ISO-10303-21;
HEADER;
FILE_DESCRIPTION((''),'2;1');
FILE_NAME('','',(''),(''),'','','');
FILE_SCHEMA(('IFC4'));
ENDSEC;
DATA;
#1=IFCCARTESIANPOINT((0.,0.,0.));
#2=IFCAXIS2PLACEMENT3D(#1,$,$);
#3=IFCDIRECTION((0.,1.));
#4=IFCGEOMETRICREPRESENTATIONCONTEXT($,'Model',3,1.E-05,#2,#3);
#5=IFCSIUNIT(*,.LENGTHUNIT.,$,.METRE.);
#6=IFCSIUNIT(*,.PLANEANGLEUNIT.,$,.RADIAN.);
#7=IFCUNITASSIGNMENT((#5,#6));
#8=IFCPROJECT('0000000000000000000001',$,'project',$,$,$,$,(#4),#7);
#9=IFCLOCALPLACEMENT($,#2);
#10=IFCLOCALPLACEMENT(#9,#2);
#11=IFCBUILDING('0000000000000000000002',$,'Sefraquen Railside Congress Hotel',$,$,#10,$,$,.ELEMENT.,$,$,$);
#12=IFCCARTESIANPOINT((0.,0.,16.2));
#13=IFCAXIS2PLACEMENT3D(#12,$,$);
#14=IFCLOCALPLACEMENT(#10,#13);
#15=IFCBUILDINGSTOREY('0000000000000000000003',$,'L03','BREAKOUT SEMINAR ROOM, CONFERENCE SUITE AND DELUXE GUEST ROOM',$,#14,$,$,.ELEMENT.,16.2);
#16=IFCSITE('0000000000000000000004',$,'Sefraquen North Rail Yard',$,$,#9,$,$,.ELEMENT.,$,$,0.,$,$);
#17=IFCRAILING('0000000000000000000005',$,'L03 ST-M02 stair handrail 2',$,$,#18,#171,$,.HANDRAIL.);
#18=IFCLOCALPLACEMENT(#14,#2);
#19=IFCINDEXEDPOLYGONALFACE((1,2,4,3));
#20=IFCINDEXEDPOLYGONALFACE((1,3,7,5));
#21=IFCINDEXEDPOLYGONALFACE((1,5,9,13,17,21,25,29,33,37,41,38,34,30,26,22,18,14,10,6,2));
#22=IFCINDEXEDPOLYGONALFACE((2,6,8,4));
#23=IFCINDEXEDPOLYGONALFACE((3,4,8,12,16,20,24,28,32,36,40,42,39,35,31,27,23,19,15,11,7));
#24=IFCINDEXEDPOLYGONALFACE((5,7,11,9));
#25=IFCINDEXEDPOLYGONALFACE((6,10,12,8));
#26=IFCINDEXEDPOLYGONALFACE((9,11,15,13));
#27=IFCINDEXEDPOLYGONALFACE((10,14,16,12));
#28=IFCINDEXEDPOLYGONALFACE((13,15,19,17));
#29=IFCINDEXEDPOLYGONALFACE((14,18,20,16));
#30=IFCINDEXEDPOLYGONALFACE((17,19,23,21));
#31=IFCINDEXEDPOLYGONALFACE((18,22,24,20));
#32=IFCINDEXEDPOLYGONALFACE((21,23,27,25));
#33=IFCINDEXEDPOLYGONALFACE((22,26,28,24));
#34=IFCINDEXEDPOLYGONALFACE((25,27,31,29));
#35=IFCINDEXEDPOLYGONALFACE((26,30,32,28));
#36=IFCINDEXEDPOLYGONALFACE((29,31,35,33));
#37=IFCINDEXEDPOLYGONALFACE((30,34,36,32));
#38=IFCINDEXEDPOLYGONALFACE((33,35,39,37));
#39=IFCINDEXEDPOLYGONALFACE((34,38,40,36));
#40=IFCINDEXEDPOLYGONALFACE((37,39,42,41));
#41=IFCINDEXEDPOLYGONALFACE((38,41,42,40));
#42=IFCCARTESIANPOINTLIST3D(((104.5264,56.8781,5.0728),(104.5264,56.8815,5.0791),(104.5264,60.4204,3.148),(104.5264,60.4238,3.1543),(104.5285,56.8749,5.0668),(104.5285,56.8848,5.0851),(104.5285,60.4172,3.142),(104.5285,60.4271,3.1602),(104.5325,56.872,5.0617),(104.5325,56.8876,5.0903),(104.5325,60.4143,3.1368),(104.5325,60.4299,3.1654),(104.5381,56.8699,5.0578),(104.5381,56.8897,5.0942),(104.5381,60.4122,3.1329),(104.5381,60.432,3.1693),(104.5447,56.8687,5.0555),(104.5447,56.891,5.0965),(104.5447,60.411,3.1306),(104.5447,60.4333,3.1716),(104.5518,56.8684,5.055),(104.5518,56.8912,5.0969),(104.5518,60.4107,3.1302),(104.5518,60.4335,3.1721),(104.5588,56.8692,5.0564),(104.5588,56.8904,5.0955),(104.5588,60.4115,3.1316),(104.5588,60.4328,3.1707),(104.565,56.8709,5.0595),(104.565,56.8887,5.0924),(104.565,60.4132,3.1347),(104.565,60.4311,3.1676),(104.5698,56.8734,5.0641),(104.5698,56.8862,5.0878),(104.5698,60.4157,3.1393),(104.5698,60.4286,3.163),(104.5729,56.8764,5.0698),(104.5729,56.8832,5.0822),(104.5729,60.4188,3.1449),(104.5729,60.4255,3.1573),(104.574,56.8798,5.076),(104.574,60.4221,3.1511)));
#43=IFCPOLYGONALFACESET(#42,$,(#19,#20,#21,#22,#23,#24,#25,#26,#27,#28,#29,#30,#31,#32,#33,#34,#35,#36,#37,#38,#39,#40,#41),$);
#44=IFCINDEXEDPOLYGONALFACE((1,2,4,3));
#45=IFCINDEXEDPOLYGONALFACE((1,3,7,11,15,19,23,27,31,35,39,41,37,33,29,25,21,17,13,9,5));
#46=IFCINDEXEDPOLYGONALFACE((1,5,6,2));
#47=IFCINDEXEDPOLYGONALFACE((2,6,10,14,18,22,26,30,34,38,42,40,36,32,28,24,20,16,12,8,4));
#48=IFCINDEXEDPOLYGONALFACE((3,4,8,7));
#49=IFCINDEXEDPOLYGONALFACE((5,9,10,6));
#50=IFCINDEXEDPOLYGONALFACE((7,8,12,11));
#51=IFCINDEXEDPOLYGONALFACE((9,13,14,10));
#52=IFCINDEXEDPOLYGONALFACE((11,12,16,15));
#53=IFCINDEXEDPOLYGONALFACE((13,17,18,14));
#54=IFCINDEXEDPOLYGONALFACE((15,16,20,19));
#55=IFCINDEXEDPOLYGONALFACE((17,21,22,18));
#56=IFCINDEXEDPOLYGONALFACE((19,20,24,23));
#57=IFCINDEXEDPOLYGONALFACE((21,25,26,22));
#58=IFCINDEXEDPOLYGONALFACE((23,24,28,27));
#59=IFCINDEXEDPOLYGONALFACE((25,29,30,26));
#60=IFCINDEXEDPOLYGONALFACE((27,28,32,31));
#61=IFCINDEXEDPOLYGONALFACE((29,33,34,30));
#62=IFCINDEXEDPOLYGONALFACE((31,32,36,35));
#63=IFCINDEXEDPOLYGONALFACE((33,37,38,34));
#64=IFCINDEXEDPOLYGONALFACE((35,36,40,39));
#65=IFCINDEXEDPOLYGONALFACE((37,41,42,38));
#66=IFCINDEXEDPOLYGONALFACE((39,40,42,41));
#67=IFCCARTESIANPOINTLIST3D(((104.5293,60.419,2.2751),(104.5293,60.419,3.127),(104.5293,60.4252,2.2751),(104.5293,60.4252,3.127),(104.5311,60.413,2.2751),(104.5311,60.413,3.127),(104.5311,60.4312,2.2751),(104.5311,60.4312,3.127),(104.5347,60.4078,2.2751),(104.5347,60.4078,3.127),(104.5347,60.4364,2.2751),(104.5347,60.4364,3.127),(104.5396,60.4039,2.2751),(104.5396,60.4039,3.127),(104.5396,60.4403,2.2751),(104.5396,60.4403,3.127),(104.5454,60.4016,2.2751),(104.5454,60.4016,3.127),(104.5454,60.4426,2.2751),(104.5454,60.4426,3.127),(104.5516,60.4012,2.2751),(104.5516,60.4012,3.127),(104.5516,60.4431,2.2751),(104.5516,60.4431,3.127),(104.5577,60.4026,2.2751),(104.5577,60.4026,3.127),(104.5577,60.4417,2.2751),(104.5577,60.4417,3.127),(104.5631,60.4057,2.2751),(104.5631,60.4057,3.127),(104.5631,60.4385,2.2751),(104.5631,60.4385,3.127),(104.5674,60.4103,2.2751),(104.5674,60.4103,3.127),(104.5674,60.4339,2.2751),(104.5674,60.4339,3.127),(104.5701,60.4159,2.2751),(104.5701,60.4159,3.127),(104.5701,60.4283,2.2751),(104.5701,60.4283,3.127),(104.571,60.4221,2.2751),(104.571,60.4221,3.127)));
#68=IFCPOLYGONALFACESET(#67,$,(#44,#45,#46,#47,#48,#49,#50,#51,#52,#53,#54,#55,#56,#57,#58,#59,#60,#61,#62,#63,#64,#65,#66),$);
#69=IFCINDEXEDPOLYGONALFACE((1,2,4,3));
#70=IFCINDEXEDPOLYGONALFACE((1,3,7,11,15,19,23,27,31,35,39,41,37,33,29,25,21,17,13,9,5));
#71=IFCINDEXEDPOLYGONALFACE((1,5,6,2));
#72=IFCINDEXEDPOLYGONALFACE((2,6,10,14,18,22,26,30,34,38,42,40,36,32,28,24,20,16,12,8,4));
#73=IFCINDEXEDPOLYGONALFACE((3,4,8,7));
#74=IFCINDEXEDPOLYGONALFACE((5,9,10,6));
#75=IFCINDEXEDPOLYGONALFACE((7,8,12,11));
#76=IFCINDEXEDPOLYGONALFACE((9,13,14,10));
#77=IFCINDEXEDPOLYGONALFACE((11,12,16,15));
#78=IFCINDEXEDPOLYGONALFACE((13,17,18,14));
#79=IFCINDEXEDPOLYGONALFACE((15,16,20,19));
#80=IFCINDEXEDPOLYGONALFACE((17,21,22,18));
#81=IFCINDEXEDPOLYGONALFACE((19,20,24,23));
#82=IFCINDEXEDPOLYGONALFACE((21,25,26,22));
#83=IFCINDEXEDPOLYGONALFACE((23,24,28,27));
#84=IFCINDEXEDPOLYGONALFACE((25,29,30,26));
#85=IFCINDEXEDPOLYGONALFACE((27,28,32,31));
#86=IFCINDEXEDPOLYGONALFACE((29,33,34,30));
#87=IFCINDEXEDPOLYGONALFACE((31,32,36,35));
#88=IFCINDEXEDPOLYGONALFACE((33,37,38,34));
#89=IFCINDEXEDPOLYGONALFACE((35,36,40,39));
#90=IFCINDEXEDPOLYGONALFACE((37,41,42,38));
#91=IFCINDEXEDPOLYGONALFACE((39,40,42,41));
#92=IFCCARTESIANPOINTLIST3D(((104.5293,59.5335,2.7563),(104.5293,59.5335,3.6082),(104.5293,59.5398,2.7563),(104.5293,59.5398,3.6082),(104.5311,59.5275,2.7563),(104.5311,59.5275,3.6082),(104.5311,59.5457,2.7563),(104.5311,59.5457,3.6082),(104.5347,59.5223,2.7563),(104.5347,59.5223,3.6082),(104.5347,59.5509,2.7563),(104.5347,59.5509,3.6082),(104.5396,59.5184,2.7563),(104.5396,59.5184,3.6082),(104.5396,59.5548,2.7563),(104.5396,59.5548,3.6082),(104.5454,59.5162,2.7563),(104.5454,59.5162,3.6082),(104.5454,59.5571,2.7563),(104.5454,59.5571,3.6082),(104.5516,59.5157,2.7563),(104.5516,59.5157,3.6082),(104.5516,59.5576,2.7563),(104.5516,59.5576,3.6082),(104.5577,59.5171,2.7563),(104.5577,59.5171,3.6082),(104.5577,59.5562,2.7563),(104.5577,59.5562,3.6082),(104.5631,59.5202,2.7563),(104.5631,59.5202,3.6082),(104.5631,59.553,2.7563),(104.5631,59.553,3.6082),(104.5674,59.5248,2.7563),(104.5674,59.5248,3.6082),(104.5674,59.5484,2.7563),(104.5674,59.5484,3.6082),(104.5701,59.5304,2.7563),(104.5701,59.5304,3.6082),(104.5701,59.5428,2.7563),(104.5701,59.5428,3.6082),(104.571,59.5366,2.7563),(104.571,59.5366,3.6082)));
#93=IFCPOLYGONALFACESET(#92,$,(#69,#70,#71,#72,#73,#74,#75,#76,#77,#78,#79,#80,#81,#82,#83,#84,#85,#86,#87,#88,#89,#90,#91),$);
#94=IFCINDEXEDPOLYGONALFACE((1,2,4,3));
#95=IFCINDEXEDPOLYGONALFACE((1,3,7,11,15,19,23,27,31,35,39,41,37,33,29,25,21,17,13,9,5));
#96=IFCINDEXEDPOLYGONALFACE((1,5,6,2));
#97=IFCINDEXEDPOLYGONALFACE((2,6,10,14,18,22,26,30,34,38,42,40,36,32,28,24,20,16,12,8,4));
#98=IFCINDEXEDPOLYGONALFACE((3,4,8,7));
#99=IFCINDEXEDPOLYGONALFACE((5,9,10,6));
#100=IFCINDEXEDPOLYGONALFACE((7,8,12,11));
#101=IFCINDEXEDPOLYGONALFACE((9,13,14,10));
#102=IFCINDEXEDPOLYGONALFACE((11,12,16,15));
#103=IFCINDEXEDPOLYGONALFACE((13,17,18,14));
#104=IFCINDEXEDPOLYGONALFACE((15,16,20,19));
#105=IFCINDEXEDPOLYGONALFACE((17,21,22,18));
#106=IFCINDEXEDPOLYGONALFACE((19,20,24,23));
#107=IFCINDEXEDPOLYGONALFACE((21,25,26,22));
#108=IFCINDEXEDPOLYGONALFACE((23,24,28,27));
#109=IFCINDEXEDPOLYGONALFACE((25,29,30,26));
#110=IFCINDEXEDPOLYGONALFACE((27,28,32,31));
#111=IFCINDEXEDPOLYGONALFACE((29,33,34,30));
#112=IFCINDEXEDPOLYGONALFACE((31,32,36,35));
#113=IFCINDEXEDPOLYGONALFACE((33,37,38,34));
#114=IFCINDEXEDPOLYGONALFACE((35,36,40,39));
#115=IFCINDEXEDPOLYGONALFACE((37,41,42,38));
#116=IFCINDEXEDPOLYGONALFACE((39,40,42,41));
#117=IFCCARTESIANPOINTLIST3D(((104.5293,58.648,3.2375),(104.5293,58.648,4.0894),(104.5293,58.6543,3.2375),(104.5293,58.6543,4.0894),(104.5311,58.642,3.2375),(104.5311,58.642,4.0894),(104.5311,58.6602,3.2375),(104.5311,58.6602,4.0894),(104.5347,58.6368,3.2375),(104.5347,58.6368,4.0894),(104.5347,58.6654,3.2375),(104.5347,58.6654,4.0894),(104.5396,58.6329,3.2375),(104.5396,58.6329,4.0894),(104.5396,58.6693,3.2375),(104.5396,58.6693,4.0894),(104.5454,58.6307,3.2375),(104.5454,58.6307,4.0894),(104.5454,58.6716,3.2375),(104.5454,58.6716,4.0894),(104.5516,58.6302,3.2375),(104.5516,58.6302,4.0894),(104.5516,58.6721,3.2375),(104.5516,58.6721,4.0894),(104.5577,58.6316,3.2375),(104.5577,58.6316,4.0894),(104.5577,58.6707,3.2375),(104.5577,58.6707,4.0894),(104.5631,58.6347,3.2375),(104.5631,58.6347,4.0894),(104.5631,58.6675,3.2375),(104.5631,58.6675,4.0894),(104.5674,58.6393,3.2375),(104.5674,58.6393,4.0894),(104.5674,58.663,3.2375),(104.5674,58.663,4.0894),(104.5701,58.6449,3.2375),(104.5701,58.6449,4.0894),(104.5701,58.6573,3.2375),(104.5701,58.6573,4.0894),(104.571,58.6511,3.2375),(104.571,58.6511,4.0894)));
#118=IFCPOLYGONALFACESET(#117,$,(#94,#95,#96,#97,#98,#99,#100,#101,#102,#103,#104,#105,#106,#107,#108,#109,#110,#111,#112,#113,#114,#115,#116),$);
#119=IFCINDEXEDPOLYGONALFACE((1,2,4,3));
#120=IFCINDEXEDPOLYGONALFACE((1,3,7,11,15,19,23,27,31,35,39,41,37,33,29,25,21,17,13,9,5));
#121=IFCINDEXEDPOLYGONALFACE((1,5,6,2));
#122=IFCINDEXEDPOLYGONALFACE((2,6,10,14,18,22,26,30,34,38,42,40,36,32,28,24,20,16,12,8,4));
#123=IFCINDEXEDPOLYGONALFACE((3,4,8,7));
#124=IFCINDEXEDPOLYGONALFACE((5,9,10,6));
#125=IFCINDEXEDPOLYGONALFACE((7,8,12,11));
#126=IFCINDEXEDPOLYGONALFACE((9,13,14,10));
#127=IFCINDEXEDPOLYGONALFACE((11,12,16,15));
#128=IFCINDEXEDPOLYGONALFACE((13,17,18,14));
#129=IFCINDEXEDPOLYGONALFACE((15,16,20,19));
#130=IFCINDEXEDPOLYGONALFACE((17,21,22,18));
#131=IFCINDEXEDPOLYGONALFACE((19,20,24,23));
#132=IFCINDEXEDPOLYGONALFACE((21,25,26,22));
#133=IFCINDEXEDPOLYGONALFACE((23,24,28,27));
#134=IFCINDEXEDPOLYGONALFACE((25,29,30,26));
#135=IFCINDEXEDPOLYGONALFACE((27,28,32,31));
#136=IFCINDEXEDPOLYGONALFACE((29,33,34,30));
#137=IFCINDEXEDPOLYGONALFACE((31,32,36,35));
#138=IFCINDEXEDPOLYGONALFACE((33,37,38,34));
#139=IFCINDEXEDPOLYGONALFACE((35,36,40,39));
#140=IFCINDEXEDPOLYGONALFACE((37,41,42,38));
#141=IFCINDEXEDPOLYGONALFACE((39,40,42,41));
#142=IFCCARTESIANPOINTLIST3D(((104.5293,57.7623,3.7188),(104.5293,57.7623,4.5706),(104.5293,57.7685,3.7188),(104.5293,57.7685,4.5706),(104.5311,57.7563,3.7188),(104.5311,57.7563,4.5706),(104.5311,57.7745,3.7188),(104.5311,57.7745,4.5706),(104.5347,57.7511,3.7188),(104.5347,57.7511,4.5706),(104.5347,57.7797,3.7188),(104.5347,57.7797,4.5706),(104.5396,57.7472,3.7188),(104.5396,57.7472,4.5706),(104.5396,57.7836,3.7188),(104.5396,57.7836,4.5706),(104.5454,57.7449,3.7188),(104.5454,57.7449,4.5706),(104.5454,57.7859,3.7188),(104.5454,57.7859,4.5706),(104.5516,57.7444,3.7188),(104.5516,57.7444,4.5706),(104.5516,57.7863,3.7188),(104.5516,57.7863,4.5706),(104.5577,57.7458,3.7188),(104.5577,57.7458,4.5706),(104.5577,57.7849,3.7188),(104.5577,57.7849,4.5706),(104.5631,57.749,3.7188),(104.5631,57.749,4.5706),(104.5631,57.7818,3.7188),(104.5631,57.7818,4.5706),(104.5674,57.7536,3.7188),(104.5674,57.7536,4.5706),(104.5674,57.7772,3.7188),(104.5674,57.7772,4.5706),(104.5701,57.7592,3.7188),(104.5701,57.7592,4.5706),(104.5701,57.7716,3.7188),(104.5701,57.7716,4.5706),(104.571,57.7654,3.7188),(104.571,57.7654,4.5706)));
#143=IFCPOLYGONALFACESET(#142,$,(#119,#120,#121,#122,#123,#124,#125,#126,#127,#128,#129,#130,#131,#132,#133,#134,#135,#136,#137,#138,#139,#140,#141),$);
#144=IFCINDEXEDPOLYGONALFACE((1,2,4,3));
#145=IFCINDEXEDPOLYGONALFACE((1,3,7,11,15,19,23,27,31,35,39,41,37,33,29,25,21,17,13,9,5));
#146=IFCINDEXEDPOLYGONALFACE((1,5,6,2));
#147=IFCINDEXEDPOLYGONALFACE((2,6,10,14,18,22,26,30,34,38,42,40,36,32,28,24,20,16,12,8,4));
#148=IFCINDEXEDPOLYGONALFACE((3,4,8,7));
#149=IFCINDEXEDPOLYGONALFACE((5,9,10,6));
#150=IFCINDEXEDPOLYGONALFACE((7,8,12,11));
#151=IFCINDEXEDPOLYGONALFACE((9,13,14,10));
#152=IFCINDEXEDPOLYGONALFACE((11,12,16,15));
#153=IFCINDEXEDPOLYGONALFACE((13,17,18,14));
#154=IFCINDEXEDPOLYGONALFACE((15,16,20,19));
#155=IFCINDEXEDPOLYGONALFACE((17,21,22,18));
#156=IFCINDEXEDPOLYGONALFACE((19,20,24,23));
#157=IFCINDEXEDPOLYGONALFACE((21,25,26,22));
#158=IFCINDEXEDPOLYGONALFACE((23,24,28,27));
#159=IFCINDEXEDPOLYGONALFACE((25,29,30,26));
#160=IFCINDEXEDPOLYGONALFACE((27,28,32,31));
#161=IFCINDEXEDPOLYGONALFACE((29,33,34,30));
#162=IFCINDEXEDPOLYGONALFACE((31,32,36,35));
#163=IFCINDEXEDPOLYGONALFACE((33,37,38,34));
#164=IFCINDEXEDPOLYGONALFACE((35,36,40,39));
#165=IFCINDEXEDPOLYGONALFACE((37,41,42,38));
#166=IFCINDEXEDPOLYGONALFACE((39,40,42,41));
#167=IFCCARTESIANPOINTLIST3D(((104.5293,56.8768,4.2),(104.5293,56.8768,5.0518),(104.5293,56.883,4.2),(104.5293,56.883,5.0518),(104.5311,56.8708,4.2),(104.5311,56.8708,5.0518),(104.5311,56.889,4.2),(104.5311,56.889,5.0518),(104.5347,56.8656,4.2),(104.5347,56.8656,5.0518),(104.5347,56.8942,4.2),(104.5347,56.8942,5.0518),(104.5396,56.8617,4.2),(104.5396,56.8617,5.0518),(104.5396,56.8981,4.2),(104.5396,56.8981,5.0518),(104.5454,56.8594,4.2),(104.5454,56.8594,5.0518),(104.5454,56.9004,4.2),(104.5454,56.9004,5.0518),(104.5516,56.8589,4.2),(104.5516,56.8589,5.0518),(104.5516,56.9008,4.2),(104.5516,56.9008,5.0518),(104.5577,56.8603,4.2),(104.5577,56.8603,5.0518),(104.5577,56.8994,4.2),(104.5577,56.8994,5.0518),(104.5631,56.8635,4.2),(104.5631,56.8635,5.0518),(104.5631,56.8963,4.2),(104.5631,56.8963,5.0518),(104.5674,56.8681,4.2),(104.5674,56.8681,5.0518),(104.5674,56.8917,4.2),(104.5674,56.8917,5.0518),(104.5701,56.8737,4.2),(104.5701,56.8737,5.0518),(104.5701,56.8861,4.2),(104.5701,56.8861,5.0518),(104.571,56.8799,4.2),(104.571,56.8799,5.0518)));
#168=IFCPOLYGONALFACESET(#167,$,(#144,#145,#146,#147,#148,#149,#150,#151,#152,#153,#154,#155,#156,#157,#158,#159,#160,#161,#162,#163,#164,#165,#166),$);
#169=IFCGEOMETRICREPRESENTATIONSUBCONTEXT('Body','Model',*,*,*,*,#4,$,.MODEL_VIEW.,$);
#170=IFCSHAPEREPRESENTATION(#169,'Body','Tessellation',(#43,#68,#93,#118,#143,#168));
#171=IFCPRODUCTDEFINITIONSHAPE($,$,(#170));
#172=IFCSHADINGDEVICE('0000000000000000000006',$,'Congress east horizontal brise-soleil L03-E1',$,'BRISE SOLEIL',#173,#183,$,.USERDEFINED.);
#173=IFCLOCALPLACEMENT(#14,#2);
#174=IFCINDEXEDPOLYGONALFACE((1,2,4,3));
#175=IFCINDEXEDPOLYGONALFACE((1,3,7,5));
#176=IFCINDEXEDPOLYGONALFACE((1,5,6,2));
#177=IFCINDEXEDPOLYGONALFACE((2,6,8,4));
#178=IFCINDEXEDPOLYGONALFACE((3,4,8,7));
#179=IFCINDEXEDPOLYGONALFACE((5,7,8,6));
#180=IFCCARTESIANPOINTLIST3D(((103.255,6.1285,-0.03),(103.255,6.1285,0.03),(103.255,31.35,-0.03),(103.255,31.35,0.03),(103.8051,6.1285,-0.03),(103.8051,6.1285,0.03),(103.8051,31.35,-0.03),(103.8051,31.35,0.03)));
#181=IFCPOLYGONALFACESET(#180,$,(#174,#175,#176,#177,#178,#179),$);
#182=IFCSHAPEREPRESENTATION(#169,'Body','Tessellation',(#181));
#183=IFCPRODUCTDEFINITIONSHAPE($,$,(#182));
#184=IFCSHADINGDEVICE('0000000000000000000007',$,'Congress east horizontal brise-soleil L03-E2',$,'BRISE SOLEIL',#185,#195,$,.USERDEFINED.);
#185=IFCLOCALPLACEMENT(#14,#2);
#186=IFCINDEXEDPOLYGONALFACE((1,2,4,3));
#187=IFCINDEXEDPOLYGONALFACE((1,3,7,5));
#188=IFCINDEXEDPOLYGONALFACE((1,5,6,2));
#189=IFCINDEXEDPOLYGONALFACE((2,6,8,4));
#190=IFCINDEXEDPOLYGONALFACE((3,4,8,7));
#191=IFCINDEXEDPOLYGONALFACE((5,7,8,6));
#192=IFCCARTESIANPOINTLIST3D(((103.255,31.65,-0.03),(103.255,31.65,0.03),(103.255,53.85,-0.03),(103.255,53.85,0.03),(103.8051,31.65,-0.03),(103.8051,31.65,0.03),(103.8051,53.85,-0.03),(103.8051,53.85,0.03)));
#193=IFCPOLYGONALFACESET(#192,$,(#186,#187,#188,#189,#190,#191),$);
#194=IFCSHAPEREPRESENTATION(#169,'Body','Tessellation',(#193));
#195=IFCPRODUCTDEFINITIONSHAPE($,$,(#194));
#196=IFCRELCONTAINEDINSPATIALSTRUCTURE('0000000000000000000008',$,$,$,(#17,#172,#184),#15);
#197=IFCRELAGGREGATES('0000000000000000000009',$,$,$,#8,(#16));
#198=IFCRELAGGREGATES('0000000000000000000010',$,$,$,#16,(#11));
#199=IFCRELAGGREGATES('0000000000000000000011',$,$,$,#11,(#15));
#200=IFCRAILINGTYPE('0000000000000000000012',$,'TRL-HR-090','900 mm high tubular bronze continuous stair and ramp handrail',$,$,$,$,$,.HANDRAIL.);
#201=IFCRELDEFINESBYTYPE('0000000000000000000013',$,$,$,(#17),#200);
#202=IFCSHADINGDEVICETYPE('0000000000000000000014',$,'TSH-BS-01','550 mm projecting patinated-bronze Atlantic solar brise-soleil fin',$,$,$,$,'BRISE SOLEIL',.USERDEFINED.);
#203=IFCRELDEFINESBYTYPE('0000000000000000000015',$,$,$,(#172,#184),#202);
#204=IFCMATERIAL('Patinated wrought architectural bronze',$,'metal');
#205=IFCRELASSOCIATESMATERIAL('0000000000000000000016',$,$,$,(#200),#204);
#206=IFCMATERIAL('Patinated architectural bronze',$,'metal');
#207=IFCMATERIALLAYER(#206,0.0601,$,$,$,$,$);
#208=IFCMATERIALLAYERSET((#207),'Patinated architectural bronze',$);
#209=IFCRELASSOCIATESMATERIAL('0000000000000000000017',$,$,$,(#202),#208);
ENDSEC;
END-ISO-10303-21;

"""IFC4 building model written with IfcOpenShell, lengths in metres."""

from ifc_helpers import new_model, si_unit, direction, frame, origin, origin_2d, place, context, subcontext, project, spatial, rectangle, circle, extrude, material, layer, layer_set, type_object, element, save


model = new_model("IFC4")

# Units and contexts
model_context = context("Model", 3, precision=1e-05, world=origin(), true_north=direction((0.0, 1.0)))
body_context = subcontext(model_context, "Body", "Model", "MODEL_VIEW")
ifc_project = project(units=[si_unit("LENGTHUNIT", "METRE"), si_unit("PLANEANGLEUNIT", "RADIAN")], contexts=[model_context])

# Site, building, storey
site_placement = place(None, origin())
site = spatial("IfcSite", under=ifc_project, at=site_placement, Name="Sefraquen North Rail Yard", CompositionType="ELEMENT", RefElevation=0.0)
building_placement = place(site_placement, origin())
building = spatial("IfcBuilding", under=site, at=building_placement, Name="Sefraquen Railside Congress Hotel", CompositionType="ELEMENT")
storey_placement = place(building_placement, frame((0.0, 0.0, 16.2)))
storey = spatial("IfcBuildingStorey", under=building, at=storey_placement, Name="L03", Description="BREAKOUT SEMINAR ROOM, CONFERENCE SUITE AND DELUXE GUEST ROOM", CompositionType="ELEMENT", Elevation=16.2)

# Shared definitions
ifc_material_1 = material(Name="Patinated architectural bronze", Category="metal")

# Railing
ifc_material_2 = material(Name="Patinated wrought architectural bronze", Category="metal")
railing_type_1 = type_object("IfcRailingType", Name="TRL-HR-090", Description="900 mm high tubular bronze continuous stair and ramp handrail", PredefinedType="HANDRAIL", material=ifc_material_2)
railing_1_placement = place(storey_placement, frame((104.55, 60.4221, 2.2751)))
element("IfcRailing", 1, at=railing_1_placement, inside=storey, type_object=railing_type_1, Name="L03 ST-M02 stair handrail 2", PredefinedType="HANDRAIL", context=body_context, shape_type="SweptSolid", body=[
    extrude(circle(Radius=0.0239, at=origin_2d()), frame((0.0, 0.0, 0.876), z_axis=(0.0, -0.878658, 0.477451), x_axis=(1.0, 0.0, 0.0)), (0.0, 0.0, 1.0), 4.0315),
    extrude(circle(Radius=0.021, at=origin_2d()), origin(), (0.0, 0.0, 1.0), 0.8518),
    extrude(circle(Radius=0.021, at=origin_2d()), frame((0.0, -0.8855, 0.4812)), (0.0, 0.0, 1.0), 0.8518),
    extrude(circle(Radius=0.021, at=origin_2d()), frame((0.0, -1.771, 0.9624)), (0.0, 0.0, 1.0), 0.8518),
    extrude(circle(Radius=0.021, at=origin_2d()), frame((0.0, -2.6567, 1.4436)), (0.0, 0.0, 1.0), 0.8518),
    extrude(circle(Radius=0.021, at=origin_2d()), frame((0.0, -3.5422, 1.9248)), (0.0, 0.0, 1.0), 0.8518),
])

# Shading devices
ifc_layer_1 = layer(ifc_material_1, 0.0601)
ifc_layer_set_1 = layer_set([ifc_layer_1], Name="Patinated architectural bronze")
shading_device_type = type_object("IfcShadingDeviceType", Name="TSH-BS-01", Description="550 mm projecting patinated-bronze Atlantic solar brise-soleil fin", ElementType="BRISE SOLEIL", PredefinedType="USERDEFINED", material=ifc_layer_set_1)
shading_device_1_placement = place(storey_placement, frame((103.53, 18.7393, -0.03), z_axis=(0.0, 0.0, 1.0), x_axis=(1.0, 0.0, 0.0)))
element("IfcShadingDevice", 2, at=shading_device_1_placement, inside=storey, type_object=shading_device_type, Name="Congress east horizontal brise-soleil L03-E1", ObjectType="BRISE SOLEIL", PredefinedType="USERDEFINED", context=body_context, shape_type="SweptSolid", body=[
    extrude(rectangle(XDim=0.55, YDim=25.2214, at=origin_2d()), origin(), (0.0, 0.0, 1.0), 0.0601),
])
shading_device_2_placement = place(storey_placement, frame((103.53, 42.75, -0.03), z_axis=(0.0, 0.0, 1.0), x_axis=(1.0, 0.0, 0.0)))
element("IfcShadingDevice", 3, at=shading_device_2_placement, inside=storey, type_object=shading_device_type, Name="Congress east horizontal brise-soleil L03-E2", ObjectType="BRISE SOLEIL", PredefinedType="USERDEFINED", context=body_context, shape_type="SweptSolid", body=[
    extrude(rectangle(XDim=0.55, YDim=22.2, at=origin_2d()), origin(), (0.0, 0.0, 1.0), 0.0601),
])

save(model, "model.ifc")
